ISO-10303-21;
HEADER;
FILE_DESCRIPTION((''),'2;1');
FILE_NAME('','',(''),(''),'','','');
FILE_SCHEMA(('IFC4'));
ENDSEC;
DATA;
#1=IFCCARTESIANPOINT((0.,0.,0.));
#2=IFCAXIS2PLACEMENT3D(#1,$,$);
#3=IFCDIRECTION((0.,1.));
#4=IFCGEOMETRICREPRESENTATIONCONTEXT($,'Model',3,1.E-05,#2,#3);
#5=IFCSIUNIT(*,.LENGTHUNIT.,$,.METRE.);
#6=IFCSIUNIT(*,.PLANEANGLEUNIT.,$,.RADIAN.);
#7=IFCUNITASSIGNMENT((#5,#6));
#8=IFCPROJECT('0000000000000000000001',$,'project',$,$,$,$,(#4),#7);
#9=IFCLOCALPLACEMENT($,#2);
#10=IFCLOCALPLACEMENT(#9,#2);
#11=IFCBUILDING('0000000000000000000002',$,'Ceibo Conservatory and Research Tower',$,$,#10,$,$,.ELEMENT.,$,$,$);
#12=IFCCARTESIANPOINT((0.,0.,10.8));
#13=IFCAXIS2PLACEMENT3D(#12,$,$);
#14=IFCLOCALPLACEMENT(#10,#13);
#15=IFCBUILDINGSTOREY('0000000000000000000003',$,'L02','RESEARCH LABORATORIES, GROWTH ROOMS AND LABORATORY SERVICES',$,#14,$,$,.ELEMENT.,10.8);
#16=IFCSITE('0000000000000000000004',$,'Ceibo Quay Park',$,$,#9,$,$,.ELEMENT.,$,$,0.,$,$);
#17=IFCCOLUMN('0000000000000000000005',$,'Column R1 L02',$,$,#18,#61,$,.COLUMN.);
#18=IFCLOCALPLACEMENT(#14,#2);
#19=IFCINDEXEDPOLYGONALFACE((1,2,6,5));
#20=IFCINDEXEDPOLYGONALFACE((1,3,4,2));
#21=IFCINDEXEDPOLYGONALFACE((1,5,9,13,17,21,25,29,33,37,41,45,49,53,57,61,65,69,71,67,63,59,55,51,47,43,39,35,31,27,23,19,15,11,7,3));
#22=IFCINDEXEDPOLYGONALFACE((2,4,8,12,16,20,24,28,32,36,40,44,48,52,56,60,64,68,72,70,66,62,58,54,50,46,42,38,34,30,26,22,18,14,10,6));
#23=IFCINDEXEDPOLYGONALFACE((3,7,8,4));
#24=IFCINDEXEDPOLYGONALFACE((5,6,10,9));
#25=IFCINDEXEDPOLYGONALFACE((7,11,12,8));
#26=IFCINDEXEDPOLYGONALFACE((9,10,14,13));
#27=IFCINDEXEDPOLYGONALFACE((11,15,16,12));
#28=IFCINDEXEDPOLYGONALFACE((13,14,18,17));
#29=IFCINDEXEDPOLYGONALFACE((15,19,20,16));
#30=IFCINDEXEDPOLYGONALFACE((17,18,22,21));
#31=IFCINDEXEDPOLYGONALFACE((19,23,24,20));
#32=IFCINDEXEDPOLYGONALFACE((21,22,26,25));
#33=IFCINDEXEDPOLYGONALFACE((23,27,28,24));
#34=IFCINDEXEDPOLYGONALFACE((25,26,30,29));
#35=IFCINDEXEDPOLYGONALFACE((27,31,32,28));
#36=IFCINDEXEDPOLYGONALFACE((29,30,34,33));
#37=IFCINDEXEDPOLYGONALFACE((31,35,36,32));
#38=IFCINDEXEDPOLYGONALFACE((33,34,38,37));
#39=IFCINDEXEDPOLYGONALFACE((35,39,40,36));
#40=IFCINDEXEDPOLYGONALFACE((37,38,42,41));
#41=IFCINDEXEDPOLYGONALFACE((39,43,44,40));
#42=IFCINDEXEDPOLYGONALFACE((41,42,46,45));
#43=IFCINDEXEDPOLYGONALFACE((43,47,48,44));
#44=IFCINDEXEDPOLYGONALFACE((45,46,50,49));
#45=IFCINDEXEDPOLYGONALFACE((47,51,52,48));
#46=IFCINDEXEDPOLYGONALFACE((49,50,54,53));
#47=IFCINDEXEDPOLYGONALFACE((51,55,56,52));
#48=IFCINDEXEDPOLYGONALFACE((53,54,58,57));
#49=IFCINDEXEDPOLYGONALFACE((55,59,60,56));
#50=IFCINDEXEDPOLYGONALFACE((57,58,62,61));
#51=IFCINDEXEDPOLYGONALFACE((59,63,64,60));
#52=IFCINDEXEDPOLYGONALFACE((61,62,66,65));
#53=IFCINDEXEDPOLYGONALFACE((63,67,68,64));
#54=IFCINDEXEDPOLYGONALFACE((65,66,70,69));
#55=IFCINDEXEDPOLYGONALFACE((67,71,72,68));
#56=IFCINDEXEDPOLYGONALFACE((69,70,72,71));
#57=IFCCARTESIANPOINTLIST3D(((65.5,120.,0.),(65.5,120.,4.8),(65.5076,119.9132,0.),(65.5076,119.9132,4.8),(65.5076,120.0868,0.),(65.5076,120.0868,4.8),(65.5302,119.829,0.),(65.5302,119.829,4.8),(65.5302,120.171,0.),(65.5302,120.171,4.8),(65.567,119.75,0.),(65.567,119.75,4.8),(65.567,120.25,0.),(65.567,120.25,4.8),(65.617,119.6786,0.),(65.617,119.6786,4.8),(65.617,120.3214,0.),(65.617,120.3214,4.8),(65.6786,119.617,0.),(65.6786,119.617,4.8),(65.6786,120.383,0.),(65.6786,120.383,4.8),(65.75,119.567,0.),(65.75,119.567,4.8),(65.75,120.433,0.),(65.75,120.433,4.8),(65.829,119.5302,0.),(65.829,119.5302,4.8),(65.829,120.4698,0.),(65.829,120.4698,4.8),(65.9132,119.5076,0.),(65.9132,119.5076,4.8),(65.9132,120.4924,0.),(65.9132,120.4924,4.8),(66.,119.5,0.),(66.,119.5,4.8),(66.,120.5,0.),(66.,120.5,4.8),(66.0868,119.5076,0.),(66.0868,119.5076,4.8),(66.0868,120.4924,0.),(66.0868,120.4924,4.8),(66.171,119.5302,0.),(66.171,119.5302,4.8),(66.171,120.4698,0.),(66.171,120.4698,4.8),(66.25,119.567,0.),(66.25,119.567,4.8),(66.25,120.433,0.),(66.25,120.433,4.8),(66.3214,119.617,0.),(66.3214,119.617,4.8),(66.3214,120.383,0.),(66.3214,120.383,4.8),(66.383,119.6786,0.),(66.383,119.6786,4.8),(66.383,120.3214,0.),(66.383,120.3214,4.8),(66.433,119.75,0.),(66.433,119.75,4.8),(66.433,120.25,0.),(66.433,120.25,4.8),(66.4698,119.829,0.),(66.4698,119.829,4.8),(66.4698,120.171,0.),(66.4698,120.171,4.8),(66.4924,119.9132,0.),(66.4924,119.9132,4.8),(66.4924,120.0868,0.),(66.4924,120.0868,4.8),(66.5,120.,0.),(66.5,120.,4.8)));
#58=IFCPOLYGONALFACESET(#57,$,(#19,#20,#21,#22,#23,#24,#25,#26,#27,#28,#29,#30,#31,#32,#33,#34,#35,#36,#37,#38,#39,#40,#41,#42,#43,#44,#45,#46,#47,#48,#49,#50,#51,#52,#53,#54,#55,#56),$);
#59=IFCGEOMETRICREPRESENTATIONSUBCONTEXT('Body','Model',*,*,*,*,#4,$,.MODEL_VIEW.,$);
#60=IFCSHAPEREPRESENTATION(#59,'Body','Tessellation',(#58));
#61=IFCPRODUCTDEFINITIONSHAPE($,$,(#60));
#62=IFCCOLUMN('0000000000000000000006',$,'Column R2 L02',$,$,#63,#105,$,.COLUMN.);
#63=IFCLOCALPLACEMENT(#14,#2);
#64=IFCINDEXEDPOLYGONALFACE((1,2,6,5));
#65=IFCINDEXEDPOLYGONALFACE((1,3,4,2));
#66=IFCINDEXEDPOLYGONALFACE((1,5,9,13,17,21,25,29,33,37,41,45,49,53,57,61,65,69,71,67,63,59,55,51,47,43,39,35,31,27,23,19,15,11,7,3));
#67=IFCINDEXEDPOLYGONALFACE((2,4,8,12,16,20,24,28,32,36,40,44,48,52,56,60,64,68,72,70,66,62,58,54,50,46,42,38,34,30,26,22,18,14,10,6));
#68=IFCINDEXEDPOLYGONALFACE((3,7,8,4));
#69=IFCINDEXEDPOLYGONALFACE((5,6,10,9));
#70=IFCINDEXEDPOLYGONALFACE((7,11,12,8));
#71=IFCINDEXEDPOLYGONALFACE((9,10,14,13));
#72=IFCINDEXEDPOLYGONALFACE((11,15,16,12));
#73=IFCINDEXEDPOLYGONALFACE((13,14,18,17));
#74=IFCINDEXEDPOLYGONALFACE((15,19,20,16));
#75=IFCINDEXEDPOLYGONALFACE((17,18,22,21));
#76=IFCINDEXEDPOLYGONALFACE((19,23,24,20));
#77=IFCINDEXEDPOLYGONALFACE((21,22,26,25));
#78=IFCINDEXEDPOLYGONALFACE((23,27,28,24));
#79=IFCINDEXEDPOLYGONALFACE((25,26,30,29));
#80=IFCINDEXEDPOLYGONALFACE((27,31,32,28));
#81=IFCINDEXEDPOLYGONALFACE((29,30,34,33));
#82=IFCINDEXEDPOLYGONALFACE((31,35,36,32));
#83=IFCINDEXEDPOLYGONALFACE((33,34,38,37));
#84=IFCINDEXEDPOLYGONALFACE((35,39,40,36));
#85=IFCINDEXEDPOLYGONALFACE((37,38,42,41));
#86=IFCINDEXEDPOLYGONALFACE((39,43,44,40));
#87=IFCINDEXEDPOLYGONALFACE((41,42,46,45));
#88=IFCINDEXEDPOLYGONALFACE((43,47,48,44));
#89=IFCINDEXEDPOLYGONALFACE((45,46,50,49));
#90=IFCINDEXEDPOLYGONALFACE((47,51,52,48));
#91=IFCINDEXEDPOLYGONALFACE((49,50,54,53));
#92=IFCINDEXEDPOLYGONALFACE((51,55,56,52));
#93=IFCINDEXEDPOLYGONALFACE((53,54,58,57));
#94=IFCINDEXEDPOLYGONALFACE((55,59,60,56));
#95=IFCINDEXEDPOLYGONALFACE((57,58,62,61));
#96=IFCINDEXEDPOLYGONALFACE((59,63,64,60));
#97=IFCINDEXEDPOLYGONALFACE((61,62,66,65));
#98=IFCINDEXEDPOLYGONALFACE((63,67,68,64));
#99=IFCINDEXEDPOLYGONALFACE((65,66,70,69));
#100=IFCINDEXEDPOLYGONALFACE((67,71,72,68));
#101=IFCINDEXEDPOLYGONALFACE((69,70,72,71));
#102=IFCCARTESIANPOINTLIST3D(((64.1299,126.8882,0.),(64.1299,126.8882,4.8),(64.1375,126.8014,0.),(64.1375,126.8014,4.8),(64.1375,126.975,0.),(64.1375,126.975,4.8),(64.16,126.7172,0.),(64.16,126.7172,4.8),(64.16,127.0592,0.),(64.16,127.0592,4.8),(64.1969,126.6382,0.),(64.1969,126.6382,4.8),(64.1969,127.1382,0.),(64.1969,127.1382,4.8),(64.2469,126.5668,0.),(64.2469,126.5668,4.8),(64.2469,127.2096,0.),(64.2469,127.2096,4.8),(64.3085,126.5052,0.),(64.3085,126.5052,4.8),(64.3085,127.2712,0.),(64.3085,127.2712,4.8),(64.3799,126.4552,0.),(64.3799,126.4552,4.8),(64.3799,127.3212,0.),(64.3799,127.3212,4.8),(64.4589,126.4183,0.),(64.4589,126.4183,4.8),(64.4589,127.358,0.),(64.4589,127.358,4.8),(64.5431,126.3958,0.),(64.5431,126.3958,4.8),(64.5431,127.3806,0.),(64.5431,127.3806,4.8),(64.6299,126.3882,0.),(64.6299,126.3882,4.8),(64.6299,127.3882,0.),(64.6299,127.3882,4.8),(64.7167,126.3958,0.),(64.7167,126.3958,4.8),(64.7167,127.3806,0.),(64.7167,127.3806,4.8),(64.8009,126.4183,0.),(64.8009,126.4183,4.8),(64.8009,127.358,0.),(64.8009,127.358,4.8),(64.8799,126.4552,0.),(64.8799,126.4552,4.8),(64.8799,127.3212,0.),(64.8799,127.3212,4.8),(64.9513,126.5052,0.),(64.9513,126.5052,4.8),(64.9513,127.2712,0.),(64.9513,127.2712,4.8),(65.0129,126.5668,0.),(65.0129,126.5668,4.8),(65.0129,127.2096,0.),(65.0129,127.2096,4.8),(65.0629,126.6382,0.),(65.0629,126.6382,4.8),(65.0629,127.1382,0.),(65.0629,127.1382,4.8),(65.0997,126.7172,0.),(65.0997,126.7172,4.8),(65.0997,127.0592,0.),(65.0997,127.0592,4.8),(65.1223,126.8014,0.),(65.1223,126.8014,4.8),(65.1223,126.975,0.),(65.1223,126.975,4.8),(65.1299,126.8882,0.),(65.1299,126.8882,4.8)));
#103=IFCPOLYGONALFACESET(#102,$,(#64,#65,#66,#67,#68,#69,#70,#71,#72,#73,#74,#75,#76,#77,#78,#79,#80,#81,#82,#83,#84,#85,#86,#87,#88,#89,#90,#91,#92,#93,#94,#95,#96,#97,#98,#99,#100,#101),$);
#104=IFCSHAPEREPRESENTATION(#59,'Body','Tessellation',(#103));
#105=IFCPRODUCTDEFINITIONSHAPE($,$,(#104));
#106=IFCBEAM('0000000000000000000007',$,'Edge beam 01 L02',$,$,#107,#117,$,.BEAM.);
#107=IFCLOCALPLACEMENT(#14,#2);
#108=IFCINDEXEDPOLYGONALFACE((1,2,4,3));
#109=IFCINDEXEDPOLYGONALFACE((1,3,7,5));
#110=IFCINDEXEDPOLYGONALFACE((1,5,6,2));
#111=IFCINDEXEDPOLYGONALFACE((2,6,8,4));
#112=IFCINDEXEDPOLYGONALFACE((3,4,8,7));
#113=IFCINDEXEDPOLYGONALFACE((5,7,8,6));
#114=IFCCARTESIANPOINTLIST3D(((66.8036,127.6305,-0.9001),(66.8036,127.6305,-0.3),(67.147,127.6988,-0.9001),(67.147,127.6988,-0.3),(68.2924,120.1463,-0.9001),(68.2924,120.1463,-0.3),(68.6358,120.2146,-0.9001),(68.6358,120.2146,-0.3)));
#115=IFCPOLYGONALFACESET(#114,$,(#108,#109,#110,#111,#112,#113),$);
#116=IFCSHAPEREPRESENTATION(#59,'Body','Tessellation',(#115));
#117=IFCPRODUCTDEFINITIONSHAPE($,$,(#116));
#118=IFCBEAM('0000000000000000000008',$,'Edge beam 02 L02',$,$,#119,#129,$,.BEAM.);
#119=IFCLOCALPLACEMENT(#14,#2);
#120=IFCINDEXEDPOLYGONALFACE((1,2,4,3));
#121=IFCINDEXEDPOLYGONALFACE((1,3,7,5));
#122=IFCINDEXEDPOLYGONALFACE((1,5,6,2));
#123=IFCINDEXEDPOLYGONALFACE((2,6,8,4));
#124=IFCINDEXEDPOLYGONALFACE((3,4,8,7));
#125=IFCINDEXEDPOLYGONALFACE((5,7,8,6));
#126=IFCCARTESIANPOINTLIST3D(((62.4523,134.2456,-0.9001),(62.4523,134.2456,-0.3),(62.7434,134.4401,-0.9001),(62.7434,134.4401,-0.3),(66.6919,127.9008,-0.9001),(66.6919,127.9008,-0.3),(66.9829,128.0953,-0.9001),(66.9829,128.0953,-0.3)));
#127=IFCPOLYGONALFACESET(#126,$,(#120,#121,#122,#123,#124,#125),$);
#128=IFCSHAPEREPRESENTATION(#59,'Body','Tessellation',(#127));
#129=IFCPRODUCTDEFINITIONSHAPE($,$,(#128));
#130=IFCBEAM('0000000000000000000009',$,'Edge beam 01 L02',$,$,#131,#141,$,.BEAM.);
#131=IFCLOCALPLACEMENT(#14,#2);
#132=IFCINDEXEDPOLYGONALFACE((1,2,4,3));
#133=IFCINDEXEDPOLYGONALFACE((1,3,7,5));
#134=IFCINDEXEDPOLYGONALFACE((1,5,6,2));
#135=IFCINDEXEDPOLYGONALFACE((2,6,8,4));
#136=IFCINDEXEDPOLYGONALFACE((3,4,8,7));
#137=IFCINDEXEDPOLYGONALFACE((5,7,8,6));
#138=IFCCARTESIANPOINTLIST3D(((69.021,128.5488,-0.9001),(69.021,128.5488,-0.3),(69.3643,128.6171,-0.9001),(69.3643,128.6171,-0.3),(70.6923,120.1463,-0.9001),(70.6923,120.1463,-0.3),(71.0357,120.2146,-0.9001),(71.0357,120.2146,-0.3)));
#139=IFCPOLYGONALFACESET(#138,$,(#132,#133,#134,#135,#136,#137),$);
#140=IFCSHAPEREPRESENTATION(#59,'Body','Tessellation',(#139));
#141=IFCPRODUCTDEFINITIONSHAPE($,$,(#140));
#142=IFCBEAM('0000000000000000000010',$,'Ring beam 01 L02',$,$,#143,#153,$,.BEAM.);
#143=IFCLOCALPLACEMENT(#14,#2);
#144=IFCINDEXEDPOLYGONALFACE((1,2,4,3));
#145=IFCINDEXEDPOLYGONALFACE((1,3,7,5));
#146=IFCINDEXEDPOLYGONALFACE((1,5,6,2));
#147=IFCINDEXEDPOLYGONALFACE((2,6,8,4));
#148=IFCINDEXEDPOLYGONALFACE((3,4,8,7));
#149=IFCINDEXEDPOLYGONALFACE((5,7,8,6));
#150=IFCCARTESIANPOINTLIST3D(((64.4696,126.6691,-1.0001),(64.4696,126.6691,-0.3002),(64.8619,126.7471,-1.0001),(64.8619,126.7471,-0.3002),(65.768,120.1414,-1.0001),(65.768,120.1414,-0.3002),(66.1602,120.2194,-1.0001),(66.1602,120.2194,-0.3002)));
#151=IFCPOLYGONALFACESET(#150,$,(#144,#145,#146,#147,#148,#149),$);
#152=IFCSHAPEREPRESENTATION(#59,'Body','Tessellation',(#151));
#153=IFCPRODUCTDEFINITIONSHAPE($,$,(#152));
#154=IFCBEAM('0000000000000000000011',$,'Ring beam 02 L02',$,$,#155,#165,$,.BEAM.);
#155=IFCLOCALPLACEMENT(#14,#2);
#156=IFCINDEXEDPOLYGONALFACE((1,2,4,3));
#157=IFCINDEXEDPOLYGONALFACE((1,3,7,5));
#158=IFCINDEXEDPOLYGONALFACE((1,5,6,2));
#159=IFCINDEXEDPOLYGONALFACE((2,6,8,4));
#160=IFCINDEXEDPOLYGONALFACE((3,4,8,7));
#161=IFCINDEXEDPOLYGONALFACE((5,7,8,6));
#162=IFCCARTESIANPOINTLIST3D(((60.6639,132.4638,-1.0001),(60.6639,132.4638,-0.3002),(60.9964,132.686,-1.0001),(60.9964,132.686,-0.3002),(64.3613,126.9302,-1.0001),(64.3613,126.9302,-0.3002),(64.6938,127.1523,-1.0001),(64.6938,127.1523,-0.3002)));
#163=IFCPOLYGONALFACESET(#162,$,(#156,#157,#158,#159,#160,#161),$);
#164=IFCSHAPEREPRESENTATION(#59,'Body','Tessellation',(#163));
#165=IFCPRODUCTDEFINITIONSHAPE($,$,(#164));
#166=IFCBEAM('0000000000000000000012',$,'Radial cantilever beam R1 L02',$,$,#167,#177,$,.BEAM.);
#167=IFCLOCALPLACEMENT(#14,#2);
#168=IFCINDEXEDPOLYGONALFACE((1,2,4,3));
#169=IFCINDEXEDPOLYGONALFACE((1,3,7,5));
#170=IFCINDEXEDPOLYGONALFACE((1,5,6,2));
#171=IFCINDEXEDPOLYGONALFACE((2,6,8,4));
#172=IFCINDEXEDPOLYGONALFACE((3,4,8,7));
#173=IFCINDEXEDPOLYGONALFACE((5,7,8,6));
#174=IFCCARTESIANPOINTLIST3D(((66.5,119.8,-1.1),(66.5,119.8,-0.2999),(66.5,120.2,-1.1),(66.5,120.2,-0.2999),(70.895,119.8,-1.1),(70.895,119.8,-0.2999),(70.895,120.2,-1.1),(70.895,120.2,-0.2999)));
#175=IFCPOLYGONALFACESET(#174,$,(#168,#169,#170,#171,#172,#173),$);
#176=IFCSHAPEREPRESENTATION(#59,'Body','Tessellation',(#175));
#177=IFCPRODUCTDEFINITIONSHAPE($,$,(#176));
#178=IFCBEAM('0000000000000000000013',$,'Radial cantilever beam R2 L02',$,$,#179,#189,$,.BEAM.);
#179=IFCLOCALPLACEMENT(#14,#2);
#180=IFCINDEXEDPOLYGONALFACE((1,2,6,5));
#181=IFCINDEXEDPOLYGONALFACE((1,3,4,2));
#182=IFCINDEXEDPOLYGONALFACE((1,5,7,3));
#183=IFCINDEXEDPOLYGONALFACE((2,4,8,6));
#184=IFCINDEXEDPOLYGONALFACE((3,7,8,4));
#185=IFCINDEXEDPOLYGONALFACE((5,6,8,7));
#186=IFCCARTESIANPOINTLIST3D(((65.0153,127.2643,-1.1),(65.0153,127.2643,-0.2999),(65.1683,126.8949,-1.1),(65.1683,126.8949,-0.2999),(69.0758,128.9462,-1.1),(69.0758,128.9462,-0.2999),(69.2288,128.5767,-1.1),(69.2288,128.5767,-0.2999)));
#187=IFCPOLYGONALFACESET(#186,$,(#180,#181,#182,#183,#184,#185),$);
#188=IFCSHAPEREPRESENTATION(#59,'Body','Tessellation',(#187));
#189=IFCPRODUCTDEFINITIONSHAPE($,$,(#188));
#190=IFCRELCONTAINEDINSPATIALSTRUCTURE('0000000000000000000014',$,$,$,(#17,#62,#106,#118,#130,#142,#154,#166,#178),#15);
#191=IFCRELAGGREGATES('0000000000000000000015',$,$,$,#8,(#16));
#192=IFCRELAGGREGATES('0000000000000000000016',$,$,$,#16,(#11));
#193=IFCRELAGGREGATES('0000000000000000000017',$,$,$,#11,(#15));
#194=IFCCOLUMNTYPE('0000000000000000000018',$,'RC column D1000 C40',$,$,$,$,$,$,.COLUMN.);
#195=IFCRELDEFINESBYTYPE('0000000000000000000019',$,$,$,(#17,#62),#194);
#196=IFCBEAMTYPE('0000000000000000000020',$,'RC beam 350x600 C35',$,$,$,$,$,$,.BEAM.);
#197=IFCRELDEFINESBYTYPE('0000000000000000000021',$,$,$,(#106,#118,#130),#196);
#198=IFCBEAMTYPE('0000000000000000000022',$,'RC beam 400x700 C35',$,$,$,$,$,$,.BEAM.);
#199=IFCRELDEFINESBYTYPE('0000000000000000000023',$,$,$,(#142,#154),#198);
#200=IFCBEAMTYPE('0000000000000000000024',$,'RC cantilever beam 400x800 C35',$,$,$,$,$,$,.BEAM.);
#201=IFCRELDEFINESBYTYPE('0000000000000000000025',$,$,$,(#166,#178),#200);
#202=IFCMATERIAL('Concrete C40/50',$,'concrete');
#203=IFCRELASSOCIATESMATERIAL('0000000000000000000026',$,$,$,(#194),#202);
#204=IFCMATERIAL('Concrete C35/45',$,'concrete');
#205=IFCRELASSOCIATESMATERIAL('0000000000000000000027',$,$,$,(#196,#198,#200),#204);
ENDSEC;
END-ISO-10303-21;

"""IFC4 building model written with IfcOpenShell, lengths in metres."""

from ifc_helpers import new_model, si_unit, direction, frame, origin, origin_2d, place, context, subcontext, project, spatial, rectangle, circle, extrude, material, material_profile, profile_set, type_object, element, save


model = new_model("IFC4")

# Units and contexts
model_context = context("Model", 3, precision=1e-05, world=origin(), true_north=direction((0.0, 1.0)))
body_context = subcontext(model_context, "Body", "Model", "MODEL_VIEW")
ifc_project = project(units=[si_unit("LENGTHUNIT", "METRE"), si_unit("PLANEANGLEUNIT", "RADIAN")], contexts=[model_context])

# Site, building, storey
site_placement = place(None, origin())
site = spatial("IfcSite", under=ifc_project, at=site_placement, Name="Ceibo Quay Park", CompositionType="ELEMENT", RefElevation=0.0)
building_placement = place(site_placement, origin())
building = spatial("IfcBuilding", under=site, at=building_placement, Name="Ceibo Conservatory and Research Tower", CompositionType="ELEMENT")
storey_placement = place(building_placement, frame((0.0, 0.0, 10.8)))
storey = spatial("IfcBuildingStorey", under=building, at=storey_placement, Name="L02", Description="RESEARCH LABORATORIES, GROWTH ROOMS AND LABORATORY SERVICES", CompositionType="ELEMENT", Elevation=10.8)

# Columns
ifc_material_1 = material(Name="Concrete C40/50", Category="concrete")
ifc_material_profile_1 = material_profile(ifc_material_1, circle(Radius=0.5, at=origin_2d()), Name="RC D1000")
ifc_profile_set_1 = profile_set([ifc_material_profile_1], Name="Concrete C40/50")
column_type = type_object("IfcColumnType", Name="RC column D1000 C40", PredefinedType="COLUMN", material=ifc_profile_set_1)
for number, where, z_axis, x_axis, name in (
    (1, (66.0, 120.0, 0.0), (0.0, 0.0, 1.0), (1.0, 0.0, 0.0), "Column R1 L02"),
    (2, (64.6299, 126.8882, 0.0), (0.0, 0.0, 1.0), (1.0, 0.0, 0.0), "Column R2 L02"),
):
    element("IfcColumn", number, at=place(storey_placement, frame(where, z_axis=z_axis, x_axis=x_axis)), inside=storey, type_object=column_type, Name=name, PredefinedType="COLUMN", context=body_context, shape_type="SweptSolid", body=[
        extrude(circle(Radius=0.5, at=origin_2d()), origin(), (0.0, 0.0, 1.0), 4.8),
    ])

# Beams
ifc_material_2 = material(Name="Concrete C35/45", Category="concrete")
ifc_material_profile_2 = material_profile(ifc_material_2, rectangle(XDim=0.3501, YDim=0.6001, at=origin_2d()), Name="RC 350x600")
ifc_profile_set_2 = profile_set([ifc_material_profile_2], Name="Concrete C35/45")
beam_type_1 = type_object("IfcBeamType", Name="RC beam 350x600 C35", PredefinedType="BEAM", material=ifc_profile_set_2)
for number, where, z_axis, x_axis, name in (
    (3, (68.4641, 120.1804, -0.6001), (-0.195101, 0.980783, 0.0), (-0.980783, -0.195101, 0.0), "Edge beam 01 L02"),
    (4, (66.8374, 127.998, -0.6001), (-0.555578, 0.831464, 0.0), (-0.831464, -0.555578, 0.0), "Edge beam 02 L02"),
):
    element("IfcBeam", number, at=place(storey_placement, frame(where, z_axis=z_axis, x_axis=x_axis)), inside=storey, type_object=beam_type_1, Name=name, PredefinedType="BEAM", context=body_context, shape_type="SweptSolid", body=[
        extrude(rectangle(XDim=0.3501, YDim=0.6001, at=origin_2d()), origin(), (0.0, 0.0, 1.0), 7.6309),
    ])
beam_1_placement = place(storey_placement, frame((70.864, 120.1804, -0.6001), z_axis=(-0.195091, 0.980785, 0.0), x_axis=(-0.980785, -0.195091, 0.0)))
element("IfcBeam", 5, at=beam_1_placement, inside=storey, type_object=beam_type_1, Name="Edge beam 01 L02", PredefinedType="BEAM", context=body_context, shape_type="SweptSolid", body=[
    extrude(rectangle(XDim=0.3501, YDim=0.6001, at=origin_2d()), origin(), (0.0, 0.0, 1.0), 8.5671),
])
ifc_material_profile_3 = material_profile(ifc_material_2, rectangle(XDim=0.3999, YDim=0.7, at=origin_2d()), Name="RC 400x700")
ifc_profile_set_3 = profile_set([ifc_material_profile_3], Name="Concrete C35/45")
beam_type_2 = type_object("IfcBeamType", Name="RC beam 400x700 C35", PredefinedType="BEAM", material=ifc_profile_set_3)
beam_2_placement = place(storey_placement, frame((65.9641, 120.1804, -0.6501), z_axis=(-0.195079, 0.980788, 0.0), x_axis=(-0.980788, -0.195079, 0.0)))
element("IfcBeam", 6, at=beam_2_placement, inside=storey, type_object=beam_type_2, Name="Ring beam 01 L02", PredefinedType="BEAM", context=body_context, shape_type="SweptSolid", body=[
    extrude(rectangle(XDim=0.3999, YDim=0.7, at=origin_2d()), origin(), (0.0, 0.0, 1.0), 6.6555),
])
beam_3_placement = place(storey_placement, frame((64.5276, 127.0413, -0.6501), z_axis=(-0.555572, 0.831469, 0.0), x_axis=(-0.831469, -0.555572, 0.0)))
element("IfcBeam", 7, at=beam_3_placement, inside=storey, type_object=beam_type_2, Name="Ring beam 02 L02", PredefinedType="BEAM", context=body_context, shape_type="SweptSolid", body=[
    extrude(rectangle(XDim=0.3999, YDim=0.7, at=origin_2d()), origin(), (0.0, 0.0, 1.0), 6.6553),
])
ifc_material_profile_4 = material_profile(ifc_material_2, rectangle(XDim=0.3999, YDim=0.8, at=origin_2d()), Name="RC 400x800")
ifc_profile_set_4 = profile_set([ifc_material_profile_4], Name="Concrete C35/45")
beam_type_3 = type_object("IfcBeamType", Name="RC cantilever beam 400x800 C35", PredefinedType="BEAM", material=ifc_profile_set_4)
for number, where, z_axis, x_axis, name in (
    (8, (66.5, 120.0, -0.7), (1.0, 0.0, 0.0), (0.0, 1.0, 0.0), "Radial cantilever beam R1 L02"),
    (9, (65.0918, 127.0796, -0.7), (0.923883, 0.382674, 0.0), (-0.382674, 0.923883, 0.0), "Radial cantilever beam R2 L02"),
):
    element("IfcBeam", number, at=place(storey_placement, frame(where, z_axis=z_axis, x_axis=x_axis)), inside=storey, type_object=beam_type_3, Name=name, PredefinedType="BEAM", context=body_context, shape_type="SweptSolid", body=[
        extrude(rectangle(XDim=0.3999, YDim=0.8, at=origin_2d()), origin(), (0.0, 0.0, 1.0), 4.395),
    ])

save(model, "model.ifc")
